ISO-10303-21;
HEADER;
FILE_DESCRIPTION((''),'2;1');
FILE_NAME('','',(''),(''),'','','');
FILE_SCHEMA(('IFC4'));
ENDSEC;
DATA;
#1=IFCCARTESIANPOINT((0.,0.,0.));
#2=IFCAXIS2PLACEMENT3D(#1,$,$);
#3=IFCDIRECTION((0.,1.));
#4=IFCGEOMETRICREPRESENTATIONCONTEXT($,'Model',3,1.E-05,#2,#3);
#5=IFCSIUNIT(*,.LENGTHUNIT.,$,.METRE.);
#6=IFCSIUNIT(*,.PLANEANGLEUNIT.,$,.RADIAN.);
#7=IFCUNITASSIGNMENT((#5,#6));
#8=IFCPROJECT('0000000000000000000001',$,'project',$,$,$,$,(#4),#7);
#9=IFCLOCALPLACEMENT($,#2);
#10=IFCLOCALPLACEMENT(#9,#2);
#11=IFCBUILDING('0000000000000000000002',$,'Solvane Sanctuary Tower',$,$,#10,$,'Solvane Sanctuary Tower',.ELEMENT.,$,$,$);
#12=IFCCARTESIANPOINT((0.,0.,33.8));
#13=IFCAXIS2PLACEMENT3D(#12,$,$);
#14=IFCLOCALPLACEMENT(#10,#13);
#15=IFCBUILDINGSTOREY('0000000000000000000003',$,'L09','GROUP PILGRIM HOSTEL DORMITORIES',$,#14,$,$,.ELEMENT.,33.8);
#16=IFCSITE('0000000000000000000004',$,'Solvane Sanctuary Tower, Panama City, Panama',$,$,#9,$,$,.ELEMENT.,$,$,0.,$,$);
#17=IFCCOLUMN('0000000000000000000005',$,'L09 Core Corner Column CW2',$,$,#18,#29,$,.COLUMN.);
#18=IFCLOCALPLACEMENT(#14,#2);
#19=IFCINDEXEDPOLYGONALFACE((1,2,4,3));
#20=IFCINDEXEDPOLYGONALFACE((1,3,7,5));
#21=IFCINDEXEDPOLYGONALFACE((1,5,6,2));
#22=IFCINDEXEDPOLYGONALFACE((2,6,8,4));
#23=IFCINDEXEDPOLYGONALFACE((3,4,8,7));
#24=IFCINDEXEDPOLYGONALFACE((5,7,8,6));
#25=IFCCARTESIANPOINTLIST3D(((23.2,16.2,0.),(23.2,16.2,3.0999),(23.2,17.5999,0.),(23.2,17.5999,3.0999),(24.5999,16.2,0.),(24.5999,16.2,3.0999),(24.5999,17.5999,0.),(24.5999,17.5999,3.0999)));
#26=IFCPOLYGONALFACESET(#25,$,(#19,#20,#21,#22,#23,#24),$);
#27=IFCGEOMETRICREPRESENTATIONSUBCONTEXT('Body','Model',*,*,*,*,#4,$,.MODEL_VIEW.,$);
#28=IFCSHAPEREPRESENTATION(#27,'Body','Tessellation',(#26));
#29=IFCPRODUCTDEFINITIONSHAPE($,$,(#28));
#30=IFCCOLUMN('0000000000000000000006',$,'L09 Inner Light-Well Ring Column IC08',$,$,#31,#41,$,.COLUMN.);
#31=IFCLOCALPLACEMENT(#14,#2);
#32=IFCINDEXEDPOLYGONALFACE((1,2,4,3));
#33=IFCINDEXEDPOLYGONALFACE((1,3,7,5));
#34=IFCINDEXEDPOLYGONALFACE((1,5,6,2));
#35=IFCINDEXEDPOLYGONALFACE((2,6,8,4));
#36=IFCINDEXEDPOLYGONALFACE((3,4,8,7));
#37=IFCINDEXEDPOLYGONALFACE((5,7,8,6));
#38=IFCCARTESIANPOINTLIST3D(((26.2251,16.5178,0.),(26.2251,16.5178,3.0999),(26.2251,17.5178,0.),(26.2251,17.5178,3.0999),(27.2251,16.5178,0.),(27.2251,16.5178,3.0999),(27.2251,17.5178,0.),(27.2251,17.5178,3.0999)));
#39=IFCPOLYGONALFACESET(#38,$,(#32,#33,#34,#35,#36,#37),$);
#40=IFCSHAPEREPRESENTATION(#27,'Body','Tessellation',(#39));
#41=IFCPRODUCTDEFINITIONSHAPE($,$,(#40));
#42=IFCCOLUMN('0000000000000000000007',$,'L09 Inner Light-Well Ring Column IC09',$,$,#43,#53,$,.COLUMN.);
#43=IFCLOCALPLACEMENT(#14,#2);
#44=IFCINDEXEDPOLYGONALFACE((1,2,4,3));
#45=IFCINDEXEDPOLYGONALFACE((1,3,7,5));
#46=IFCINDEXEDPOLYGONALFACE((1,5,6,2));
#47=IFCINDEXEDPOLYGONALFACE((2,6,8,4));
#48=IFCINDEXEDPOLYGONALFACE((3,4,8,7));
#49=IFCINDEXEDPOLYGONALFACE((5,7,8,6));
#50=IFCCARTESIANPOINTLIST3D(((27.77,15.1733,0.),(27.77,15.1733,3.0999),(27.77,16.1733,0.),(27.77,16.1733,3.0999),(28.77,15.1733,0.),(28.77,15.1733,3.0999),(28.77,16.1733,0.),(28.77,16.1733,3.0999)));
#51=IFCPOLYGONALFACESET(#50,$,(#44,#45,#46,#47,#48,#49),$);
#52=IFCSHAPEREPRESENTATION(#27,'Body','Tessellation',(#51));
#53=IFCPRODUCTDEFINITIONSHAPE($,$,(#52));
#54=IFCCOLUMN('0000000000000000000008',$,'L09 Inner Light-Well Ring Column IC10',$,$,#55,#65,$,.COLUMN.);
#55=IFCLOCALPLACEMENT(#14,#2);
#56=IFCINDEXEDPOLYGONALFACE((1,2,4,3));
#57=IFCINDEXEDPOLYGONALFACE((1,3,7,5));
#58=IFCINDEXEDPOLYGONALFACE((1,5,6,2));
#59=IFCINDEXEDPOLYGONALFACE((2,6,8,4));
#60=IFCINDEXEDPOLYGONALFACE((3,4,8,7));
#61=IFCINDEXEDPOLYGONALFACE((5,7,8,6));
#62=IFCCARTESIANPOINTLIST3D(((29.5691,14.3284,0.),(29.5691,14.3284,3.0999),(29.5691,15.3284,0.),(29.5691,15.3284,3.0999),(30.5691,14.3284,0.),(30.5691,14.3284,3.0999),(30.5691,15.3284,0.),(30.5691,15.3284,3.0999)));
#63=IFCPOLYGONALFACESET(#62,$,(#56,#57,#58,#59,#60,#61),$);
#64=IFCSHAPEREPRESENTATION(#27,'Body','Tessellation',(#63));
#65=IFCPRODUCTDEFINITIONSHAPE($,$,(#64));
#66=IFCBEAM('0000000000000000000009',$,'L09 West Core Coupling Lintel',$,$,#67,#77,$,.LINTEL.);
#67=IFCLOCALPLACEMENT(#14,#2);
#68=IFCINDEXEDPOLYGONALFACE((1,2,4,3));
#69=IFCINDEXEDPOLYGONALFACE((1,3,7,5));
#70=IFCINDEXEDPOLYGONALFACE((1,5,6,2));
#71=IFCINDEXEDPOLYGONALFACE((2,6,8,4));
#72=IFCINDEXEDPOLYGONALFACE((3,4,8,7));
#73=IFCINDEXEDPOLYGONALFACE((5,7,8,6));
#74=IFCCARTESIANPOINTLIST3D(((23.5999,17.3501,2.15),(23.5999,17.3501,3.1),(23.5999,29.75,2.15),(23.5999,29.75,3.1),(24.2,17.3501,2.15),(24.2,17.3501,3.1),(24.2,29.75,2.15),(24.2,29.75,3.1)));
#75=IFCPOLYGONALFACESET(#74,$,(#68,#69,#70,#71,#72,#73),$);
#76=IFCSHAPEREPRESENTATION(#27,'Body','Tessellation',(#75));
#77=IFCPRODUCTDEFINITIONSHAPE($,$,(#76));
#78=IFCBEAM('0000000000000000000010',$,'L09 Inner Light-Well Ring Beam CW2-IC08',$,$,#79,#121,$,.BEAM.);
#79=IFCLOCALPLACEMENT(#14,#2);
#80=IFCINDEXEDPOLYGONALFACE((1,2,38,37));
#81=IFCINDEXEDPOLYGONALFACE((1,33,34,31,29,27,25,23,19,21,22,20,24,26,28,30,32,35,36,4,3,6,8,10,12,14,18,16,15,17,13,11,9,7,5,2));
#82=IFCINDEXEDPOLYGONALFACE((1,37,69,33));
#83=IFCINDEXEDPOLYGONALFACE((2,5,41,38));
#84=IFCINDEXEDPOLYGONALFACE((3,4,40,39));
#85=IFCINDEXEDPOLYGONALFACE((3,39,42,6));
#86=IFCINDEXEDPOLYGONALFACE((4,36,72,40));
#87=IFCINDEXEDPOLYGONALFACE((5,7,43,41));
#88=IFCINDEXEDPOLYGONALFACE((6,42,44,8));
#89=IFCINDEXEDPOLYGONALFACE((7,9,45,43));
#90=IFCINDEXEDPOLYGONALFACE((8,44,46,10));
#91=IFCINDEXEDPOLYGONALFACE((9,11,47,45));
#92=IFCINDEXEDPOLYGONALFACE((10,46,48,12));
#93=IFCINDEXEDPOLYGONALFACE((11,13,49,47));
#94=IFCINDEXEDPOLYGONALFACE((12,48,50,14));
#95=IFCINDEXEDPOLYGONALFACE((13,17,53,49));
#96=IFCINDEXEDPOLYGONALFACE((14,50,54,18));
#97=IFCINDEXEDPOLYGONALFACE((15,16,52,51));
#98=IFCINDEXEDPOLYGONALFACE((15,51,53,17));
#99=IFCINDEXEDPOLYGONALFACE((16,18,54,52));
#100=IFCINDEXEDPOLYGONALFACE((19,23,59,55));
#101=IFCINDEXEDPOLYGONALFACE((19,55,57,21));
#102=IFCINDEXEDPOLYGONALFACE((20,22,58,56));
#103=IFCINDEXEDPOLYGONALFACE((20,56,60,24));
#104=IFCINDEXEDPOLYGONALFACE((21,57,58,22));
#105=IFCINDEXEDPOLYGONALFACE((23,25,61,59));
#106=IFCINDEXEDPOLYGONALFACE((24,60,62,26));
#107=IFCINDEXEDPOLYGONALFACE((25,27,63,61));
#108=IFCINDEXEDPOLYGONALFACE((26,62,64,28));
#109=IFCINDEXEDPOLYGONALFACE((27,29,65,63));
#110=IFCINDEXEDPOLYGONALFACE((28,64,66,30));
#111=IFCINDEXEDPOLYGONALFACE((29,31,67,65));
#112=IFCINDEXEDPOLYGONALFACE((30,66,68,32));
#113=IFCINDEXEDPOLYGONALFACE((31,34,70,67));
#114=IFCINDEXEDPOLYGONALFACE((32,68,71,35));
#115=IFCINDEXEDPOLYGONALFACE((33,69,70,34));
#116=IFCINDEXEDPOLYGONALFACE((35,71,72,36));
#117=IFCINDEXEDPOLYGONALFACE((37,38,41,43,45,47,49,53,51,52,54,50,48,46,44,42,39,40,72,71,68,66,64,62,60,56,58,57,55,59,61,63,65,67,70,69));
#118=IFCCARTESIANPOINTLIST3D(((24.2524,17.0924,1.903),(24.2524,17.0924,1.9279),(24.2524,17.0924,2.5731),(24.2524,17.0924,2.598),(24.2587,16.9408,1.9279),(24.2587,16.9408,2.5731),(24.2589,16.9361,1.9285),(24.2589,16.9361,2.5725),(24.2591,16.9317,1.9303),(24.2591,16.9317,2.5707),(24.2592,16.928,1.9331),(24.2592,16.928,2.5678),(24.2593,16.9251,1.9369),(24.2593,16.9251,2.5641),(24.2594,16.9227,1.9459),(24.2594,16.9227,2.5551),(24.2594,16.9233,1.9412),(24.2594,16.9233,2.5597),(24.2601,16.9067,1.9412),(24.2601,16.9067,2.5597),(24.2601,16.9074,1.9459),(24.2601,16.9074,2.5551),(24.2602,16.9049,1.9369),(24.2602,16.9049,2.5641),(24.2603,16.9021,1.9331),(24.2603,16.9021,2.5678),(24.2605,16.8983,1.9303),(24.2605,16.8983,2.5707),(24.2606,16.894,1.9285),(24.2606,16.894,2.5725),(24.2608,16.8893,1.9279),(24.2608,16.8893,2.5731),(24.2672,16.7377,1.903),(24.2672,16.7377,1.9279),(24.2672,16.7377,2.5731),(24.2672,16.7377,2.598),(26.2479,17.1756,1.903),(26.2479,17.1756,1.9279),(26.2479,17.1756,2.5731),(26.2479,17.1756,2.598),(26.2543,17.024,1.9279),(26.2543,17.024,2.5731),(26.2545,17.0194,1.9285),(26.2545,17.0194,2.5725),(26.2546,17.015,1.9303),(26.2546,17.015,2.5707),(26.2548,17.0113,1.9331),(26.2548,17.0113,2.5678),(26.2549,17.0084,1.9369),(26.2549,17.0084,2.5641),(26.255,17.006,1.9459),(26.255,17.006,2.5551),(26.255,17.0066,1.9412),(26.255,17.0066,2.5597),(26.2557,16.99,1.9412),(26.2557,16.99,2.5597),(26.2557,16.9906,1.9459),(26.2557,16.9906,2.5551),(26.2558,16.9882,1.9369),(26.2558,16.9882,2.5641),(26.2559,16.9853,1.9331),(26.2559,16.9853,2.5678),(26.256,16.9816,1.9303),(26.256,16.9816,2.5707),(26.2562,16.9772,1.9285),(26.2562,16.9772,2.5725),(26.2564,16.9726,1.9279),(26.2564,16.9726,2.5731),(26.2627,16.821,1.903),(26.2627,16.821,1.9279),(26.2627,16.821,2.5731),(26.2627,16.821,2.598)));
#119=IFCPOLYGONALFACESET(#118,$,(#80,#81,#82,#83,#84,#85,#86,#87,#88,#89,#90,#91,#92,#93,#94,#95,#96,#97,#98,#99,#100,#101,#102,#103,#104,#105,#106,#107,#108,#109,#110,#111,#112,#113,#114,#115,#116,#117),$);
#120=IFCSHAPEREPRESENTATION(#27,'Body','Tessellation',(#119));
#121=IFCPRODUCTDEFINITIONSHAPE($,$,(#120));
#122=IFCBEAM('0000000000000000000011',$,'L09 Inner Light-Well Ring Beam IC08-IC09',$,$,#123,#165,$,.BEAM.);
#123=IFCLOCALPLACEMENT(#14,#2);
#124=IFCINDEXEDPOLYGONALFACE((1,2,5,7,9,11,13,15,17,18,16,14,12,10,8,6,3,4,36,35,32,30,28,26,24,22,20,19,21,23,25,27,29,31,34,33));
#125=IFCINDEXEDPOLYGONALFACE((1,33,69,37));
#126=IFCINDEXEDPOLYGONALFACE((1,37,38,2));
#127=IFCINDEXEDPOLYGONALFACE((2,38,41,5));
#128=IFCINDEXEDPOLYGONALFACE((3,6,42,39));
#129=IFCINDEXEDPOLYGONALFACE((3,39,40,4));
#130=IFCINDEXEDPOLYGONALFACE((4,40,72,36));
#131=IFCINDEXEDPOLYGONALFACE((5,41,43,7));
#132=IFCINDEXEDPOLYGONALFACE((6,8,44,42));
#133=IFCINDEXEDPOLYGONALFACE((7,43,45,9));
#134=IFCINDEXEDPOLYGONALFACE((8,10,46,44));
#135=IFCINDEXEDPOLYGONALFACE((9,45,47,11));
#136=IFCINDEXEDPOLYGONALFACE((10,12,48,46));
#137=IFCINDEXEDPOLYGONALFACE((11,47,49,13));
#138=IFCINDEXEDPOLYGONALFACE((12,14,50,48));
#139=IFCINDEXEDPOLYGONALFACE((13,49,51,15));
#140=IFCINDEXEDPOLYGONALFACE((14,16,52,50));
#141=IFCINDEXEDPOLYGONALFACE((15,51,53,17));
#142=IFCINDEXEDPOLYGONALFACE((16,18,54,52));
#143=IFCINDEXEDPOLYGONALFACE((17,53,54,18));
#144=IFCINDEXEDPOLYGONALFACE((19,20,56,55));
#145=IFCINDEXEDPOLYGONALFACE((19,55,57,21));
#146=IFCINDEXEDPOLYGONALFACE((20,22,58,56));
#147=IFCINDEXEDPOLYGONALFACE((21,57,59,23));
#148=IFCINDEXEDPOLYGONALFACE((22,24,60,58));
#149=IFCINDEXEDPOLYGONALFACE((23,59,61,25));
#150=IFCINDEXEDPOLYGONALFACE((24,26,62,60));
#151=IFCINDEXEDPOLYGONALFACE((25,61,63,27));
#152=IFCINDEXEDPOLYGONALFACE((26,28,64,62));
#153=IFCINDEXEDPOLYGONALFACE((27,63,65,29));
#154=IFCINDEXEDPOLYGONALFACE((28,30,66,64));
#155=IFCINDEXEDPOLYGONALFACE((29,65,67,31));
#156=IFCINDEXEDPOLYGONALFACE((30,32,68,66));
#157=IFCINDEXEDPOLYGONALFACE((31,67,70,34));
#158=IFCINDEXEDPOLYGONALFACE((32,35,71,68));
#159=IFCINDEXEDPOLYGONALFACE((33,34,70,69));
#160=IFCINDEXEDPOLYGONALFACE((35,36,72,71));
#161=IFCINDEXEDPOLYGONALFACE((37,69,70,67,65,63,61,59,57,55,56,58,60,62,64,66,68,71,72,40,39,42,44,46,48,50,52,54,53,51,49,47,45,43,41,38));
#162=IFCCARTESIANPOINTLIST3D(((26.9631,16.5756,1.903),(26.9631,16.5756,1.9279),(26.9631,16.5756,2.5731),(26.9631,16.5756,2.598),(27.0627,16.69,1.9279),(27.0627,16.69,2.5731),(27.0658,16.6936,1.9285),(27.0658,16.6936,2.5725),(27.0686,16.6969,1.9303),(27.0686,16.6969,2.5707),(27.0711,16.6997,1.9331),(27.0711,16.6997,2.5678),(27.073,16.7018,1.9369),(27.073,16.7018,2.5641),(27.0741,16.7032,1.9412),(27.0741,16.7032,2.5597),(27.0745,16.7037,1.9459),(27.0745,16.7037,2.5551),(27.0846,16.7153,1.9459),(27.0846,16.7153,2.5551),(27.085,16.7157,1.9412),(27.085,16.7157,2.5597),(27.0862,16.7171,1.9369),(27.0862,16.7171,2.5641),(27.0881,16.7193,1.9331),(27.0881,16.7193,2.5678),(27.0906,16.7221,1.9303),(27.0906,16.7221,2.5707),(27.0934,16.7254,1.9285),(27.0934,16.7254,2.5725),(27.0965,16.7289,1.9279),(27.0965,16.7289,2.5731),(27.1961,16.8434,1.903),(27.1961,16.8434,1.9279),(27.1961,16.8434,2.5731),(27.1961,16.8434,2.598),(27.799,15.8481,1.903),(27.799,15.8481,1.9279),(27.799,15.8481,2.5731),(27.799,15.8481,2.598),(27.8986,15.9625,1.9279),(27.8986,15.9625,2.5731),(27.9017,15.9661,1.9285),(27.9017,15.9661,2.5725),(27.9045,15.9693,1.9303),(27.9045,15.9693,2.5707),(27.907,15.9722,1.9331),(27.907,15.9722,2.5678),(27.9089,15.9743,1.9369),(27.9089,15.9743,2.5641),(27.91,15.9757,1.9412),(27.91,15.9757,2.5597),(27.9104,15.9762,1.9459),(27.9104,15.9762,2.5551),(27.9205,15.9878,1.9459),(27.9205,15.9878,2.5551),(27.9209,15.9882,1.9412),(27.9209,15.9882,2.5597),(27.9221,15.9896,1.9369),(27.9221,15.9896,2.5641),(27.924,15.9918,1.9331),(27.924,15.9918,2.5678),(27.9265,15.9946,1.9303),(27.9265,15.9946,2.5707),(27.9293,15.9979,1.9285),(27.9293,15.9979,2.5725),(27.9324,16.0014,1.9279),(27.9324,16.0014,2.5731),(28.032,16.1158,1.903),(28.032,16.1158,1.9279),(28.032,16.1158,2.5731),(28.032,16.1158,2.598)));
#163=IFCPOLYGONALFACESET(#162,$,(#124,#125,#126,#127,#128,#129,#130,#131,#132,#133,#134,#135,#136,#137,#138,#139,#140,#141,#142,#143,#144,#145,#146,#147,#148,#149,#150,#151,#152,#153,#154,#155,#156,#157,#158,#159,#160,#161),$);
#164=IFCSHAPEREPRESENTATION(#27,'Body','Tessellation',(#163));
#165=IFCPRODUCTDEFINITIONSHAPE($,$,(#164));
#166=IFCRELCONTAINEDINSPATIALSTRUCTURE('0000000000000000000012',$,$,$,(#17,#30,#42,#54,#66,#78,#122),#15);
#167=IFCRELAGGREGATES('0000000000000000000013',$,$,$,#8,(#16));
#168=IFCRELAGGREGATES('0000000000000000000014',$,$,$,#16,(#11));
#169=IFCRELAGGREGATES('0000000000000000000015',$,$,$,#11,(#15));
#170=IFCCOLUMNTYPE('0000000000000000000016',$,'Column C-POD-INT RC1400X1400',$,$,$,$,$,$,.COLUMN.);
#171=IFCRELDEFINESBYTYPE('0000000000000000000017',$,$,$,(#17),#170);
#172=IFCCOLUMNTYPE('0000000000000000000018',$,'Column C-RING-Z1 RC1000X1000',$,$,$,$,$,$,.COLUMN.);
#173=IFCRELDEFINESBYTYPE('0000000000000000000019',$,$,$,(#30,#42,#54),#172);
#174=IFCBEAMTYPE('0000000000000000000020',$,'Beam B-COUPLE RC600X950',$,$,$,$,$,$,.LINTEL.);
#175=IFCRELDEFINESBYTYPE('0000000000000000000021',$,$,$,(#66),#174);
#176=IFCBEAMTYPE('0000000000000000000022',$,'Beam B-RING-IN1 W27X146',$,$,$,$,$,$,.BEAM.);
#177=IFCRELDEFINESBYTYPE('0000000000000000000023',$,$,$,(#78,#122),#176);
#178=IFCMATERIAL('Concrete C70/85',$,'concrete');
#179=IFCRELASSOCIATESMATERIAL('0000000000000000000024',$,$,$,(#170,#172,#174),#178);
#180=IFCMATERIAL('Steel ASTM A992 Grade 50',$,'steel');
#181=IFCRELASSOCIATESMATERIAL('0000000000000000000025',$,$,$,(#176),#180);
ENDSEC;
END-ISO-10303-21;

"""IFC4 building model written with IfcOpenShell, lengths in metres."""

from ifc_helpers import new_model, si_unit, direction, frame, origin, origin_2d, place, context, subcontext, project, spatial, rectangle, i_section, extrude, material, material_profile, profile_set, type_object, element, save


model = new_model("IFC4")

# Units and contexts
model_context = context("Model", 3, precision=1e-05, world=origin(), true_north=direction((0.0, 1.0)))
body_context = subcontext(model_context, "Body", "Model", "MODEL_VIEW")
ifc_project = project(units=[si_unit("LENGTHUNIT", "METRE"), si_unit("PLANEANGLEUNIT", "RADIAN")], contexts=[model_context])

# Site, building, storey
site_placement = place(None, origin())
site = spatial("IfcSite", under=ifc_project, at=site_placement, Name="Solvane Sanctuary Tower, Panama City, Panama", CompositionType="ELEMENT", RefElevation=0.0)
building_placement = place(site_placement, origin())
building = spatial("IfcBuilding", under=site, at=building_placement, Name="Solvane Sanctuary Tower", LongName="Solvane Sanctuary Tower", CompositionType="ELEMENT")
storey_placement = place(building_placement, frame((0.0, 0.0, 33.8)))
storey = spatial("IfcBuildingStorey", under=building, at=storey_placement, Name="L09", Description="GROUP PILGRIM HOSTEL DORMITORIES", CompositionType="ELEMENT", Elevation=33.8)

# Columns
ifc_material_1 = material(Name="Concrete C70/85", Category="concrete")
ifc_material_profile_1 = material_profile(ifc_material_1, rectangle(XDim=1.3999, YDim=1.3999, at=origin_2d()), Name="RC1400X1400")
ifc_profile_set_1 = profile_set([ifc_material_profile_1], Name="Concrete C70/85")
column_type_1 = type_object("IfcColumnType", Name="Column C-POD-INT RC1400X1400", PredefinedType="COLUMN", material=ifc_profile_set_1)
column_placement = place(storey_placement, frame((23.8999, 16.8999, 0.0), z_axis=(0.0, 0.0, 1.0), x_axis=(1.0, 0.0, 0.0)))
element("IfcColumn", 1, at=column_placement, inside=storey, type_object=column_type_1, Name="L09 Core Corner Column CW2", PredefinedType="COLUMN", context=body_context, shape_type="SweptSolid", body=[
    extrude(rectangle(XDim=1.3999, YDim=1.3999, at=origin_2d()), origin(), (0.0, 0.0, 1.0), 3.0999),
])
ifc_material_profile_2 = material_profile(ifc_material_1, rectangle(XDim=1.0, YDim=1.0, at=origin_2d()), Name="RC1000X1000")
ifc_profile_set_2 = profile_set([ifc_material_profile_2], Name="Concrete C70/85")
column_type_2 = type_object("IfcColumnType", Name="Column C-RING-Z1 RC1000X1000", PredefinedType="COLUMN", material=ifc_profile_set_2)
for number, where, z_axis, x_axis, name in (
    (2, (26.7251, 17.0178, 0.0), (0.0, 0.0, 1.0), (1.0, 0.0, 0.0), "L09 Inner Light-Well Ring Column IC08"),
    (3, (28.27, 15.6733, 0.0), (0.0, 0.0, 1.0), (1.0, 0.0, 0.0), "L09 Inner Light-Well Ring Column IC09"),
    (4, (30.0691, 14.8284, 0.0), (0.0, 0.0, 1.0), (1.0, 0.0, 0.0), "L09 Inner Light-Well Ring Column IC10"),
):
    element("IfcColumn", number, at=place(storey_placement, frame(where, z_axis=z_axis, x_axis=x_axis)), inside=storey, type_object=column_type_2, Name=name, PredefinedType="COLUMN", context=body_context, shape_type="SweptSolid", body=[
        extrude(rectangle(XDim=1.0, YDim=1.0, at=origin_2d()), origin(), (0.0, 0.0, 1.0), 3.0999),
    ])

# Beams
ifc_material_profile_3 = material_profile(ifc_material_1, rectangle(XDim=0.6001, YDim=0.95, at=origin_2d()), Name="RC600X950")
ifc_profile_set_3 = profile_set([ifc_material_profile_3], Name="Concrete C70/85")
beam_type_1 = type_object("IfcBeamType", Name="Beam B-COUPLE RC600X950", PredefinedType="LINTEL", material=ifc_profile_set_3)
beam_1_placement = place(storey_placement, frame((23.8999, 17.3501, 2.625), z_axis=(0.0, 1.0, 0.0), x_axis=(-1.0, 0.0, 0.0)))
element("IfcBeam", 5, at=beam_1_placement, inside=storey, type_object=beam_type_1, Name="L09 West Core Coupling Lintel", PredefinedType="LINTEL", context=body_context, shape_type="SweptSolid", body=[
    extrude(rectangle(XDim=0.6001, YDim=0.95, at=origin_2d()), origin(), (0.0, 0.0, 1.0), 12.3999),
])
ifc_material_2 = material(Name="Steel ASTM A992 Grade 50", Category="steel")
ifc_material_profile_4 = material_profile(ifc_material_2, i_section(OverallWidth=0.355, OverallDepth=0.6951, WebThickness=0.0154, FlangeThickness=0.0249, FilletRadius=0.0181, at=origin_2d()), Name="W27X146")
ifc_profile_set_4 = profile_set([ifc_material_profile_4], Name="Steel ASTM A992 Grade 50")
beam_type_2 = type_object("IfcBeamType", Name="Beam B-RING-IN1 W27X146", PredefinedType="BEAM", material=ifc_profile_set_4)
beam_2_placement = place(storey_placement, frame((24.2598, 16.915, 2.2505), z_axis=(0.999131, 0.041681, 0.0), x_axis=(-0.041681, 0.999131, 0.0)))
element("IfcBeam", 6, at=beam_2_placement, inside=storey, type_object=beam_type_2, Name="L09 Inner Light-Well Ring Beam CW2-IC08", PredefinedType="BEAM", context=body_context, shape_type="SweptSolid", body=[
    extrude(i_section(OverallWidth=0.355, OverallDepth=0.6951, WebThickness=0.0154, FlangeThickness=0.0249, FilletRadius=0.0181, at=origin_2d()), origin(), (0.0, 0.0, 1.0), 1.9973),
])
beam_3_placement = place(storey_placement, frame((27.0796, 16.7095, 2.2505), z_axis=(0.754321, -0.656506, 0.0), x_axis=(0.656506, 0.754321, 0.0)))
element("IfcBeam", 7, at=beam_3_placement, inside=storey, type_object=beam_type_2, Name="L09 Inner Light-Well Ring Beam IC08-IC09", PredefinedType="BEAM", context=body_context, shape_type="SweptSolid", body=[
    extrude(i_section(OverallWidth=0.355, OverallDepth=0.6951, WebThickness=0.0154, FlangeThickness=0.0249, FilletRadius=0.0181, at=origin_2d()), origin(), (0.0, 0.0, 1.0), 1.1082),
])

save(model, "model.ifc")
